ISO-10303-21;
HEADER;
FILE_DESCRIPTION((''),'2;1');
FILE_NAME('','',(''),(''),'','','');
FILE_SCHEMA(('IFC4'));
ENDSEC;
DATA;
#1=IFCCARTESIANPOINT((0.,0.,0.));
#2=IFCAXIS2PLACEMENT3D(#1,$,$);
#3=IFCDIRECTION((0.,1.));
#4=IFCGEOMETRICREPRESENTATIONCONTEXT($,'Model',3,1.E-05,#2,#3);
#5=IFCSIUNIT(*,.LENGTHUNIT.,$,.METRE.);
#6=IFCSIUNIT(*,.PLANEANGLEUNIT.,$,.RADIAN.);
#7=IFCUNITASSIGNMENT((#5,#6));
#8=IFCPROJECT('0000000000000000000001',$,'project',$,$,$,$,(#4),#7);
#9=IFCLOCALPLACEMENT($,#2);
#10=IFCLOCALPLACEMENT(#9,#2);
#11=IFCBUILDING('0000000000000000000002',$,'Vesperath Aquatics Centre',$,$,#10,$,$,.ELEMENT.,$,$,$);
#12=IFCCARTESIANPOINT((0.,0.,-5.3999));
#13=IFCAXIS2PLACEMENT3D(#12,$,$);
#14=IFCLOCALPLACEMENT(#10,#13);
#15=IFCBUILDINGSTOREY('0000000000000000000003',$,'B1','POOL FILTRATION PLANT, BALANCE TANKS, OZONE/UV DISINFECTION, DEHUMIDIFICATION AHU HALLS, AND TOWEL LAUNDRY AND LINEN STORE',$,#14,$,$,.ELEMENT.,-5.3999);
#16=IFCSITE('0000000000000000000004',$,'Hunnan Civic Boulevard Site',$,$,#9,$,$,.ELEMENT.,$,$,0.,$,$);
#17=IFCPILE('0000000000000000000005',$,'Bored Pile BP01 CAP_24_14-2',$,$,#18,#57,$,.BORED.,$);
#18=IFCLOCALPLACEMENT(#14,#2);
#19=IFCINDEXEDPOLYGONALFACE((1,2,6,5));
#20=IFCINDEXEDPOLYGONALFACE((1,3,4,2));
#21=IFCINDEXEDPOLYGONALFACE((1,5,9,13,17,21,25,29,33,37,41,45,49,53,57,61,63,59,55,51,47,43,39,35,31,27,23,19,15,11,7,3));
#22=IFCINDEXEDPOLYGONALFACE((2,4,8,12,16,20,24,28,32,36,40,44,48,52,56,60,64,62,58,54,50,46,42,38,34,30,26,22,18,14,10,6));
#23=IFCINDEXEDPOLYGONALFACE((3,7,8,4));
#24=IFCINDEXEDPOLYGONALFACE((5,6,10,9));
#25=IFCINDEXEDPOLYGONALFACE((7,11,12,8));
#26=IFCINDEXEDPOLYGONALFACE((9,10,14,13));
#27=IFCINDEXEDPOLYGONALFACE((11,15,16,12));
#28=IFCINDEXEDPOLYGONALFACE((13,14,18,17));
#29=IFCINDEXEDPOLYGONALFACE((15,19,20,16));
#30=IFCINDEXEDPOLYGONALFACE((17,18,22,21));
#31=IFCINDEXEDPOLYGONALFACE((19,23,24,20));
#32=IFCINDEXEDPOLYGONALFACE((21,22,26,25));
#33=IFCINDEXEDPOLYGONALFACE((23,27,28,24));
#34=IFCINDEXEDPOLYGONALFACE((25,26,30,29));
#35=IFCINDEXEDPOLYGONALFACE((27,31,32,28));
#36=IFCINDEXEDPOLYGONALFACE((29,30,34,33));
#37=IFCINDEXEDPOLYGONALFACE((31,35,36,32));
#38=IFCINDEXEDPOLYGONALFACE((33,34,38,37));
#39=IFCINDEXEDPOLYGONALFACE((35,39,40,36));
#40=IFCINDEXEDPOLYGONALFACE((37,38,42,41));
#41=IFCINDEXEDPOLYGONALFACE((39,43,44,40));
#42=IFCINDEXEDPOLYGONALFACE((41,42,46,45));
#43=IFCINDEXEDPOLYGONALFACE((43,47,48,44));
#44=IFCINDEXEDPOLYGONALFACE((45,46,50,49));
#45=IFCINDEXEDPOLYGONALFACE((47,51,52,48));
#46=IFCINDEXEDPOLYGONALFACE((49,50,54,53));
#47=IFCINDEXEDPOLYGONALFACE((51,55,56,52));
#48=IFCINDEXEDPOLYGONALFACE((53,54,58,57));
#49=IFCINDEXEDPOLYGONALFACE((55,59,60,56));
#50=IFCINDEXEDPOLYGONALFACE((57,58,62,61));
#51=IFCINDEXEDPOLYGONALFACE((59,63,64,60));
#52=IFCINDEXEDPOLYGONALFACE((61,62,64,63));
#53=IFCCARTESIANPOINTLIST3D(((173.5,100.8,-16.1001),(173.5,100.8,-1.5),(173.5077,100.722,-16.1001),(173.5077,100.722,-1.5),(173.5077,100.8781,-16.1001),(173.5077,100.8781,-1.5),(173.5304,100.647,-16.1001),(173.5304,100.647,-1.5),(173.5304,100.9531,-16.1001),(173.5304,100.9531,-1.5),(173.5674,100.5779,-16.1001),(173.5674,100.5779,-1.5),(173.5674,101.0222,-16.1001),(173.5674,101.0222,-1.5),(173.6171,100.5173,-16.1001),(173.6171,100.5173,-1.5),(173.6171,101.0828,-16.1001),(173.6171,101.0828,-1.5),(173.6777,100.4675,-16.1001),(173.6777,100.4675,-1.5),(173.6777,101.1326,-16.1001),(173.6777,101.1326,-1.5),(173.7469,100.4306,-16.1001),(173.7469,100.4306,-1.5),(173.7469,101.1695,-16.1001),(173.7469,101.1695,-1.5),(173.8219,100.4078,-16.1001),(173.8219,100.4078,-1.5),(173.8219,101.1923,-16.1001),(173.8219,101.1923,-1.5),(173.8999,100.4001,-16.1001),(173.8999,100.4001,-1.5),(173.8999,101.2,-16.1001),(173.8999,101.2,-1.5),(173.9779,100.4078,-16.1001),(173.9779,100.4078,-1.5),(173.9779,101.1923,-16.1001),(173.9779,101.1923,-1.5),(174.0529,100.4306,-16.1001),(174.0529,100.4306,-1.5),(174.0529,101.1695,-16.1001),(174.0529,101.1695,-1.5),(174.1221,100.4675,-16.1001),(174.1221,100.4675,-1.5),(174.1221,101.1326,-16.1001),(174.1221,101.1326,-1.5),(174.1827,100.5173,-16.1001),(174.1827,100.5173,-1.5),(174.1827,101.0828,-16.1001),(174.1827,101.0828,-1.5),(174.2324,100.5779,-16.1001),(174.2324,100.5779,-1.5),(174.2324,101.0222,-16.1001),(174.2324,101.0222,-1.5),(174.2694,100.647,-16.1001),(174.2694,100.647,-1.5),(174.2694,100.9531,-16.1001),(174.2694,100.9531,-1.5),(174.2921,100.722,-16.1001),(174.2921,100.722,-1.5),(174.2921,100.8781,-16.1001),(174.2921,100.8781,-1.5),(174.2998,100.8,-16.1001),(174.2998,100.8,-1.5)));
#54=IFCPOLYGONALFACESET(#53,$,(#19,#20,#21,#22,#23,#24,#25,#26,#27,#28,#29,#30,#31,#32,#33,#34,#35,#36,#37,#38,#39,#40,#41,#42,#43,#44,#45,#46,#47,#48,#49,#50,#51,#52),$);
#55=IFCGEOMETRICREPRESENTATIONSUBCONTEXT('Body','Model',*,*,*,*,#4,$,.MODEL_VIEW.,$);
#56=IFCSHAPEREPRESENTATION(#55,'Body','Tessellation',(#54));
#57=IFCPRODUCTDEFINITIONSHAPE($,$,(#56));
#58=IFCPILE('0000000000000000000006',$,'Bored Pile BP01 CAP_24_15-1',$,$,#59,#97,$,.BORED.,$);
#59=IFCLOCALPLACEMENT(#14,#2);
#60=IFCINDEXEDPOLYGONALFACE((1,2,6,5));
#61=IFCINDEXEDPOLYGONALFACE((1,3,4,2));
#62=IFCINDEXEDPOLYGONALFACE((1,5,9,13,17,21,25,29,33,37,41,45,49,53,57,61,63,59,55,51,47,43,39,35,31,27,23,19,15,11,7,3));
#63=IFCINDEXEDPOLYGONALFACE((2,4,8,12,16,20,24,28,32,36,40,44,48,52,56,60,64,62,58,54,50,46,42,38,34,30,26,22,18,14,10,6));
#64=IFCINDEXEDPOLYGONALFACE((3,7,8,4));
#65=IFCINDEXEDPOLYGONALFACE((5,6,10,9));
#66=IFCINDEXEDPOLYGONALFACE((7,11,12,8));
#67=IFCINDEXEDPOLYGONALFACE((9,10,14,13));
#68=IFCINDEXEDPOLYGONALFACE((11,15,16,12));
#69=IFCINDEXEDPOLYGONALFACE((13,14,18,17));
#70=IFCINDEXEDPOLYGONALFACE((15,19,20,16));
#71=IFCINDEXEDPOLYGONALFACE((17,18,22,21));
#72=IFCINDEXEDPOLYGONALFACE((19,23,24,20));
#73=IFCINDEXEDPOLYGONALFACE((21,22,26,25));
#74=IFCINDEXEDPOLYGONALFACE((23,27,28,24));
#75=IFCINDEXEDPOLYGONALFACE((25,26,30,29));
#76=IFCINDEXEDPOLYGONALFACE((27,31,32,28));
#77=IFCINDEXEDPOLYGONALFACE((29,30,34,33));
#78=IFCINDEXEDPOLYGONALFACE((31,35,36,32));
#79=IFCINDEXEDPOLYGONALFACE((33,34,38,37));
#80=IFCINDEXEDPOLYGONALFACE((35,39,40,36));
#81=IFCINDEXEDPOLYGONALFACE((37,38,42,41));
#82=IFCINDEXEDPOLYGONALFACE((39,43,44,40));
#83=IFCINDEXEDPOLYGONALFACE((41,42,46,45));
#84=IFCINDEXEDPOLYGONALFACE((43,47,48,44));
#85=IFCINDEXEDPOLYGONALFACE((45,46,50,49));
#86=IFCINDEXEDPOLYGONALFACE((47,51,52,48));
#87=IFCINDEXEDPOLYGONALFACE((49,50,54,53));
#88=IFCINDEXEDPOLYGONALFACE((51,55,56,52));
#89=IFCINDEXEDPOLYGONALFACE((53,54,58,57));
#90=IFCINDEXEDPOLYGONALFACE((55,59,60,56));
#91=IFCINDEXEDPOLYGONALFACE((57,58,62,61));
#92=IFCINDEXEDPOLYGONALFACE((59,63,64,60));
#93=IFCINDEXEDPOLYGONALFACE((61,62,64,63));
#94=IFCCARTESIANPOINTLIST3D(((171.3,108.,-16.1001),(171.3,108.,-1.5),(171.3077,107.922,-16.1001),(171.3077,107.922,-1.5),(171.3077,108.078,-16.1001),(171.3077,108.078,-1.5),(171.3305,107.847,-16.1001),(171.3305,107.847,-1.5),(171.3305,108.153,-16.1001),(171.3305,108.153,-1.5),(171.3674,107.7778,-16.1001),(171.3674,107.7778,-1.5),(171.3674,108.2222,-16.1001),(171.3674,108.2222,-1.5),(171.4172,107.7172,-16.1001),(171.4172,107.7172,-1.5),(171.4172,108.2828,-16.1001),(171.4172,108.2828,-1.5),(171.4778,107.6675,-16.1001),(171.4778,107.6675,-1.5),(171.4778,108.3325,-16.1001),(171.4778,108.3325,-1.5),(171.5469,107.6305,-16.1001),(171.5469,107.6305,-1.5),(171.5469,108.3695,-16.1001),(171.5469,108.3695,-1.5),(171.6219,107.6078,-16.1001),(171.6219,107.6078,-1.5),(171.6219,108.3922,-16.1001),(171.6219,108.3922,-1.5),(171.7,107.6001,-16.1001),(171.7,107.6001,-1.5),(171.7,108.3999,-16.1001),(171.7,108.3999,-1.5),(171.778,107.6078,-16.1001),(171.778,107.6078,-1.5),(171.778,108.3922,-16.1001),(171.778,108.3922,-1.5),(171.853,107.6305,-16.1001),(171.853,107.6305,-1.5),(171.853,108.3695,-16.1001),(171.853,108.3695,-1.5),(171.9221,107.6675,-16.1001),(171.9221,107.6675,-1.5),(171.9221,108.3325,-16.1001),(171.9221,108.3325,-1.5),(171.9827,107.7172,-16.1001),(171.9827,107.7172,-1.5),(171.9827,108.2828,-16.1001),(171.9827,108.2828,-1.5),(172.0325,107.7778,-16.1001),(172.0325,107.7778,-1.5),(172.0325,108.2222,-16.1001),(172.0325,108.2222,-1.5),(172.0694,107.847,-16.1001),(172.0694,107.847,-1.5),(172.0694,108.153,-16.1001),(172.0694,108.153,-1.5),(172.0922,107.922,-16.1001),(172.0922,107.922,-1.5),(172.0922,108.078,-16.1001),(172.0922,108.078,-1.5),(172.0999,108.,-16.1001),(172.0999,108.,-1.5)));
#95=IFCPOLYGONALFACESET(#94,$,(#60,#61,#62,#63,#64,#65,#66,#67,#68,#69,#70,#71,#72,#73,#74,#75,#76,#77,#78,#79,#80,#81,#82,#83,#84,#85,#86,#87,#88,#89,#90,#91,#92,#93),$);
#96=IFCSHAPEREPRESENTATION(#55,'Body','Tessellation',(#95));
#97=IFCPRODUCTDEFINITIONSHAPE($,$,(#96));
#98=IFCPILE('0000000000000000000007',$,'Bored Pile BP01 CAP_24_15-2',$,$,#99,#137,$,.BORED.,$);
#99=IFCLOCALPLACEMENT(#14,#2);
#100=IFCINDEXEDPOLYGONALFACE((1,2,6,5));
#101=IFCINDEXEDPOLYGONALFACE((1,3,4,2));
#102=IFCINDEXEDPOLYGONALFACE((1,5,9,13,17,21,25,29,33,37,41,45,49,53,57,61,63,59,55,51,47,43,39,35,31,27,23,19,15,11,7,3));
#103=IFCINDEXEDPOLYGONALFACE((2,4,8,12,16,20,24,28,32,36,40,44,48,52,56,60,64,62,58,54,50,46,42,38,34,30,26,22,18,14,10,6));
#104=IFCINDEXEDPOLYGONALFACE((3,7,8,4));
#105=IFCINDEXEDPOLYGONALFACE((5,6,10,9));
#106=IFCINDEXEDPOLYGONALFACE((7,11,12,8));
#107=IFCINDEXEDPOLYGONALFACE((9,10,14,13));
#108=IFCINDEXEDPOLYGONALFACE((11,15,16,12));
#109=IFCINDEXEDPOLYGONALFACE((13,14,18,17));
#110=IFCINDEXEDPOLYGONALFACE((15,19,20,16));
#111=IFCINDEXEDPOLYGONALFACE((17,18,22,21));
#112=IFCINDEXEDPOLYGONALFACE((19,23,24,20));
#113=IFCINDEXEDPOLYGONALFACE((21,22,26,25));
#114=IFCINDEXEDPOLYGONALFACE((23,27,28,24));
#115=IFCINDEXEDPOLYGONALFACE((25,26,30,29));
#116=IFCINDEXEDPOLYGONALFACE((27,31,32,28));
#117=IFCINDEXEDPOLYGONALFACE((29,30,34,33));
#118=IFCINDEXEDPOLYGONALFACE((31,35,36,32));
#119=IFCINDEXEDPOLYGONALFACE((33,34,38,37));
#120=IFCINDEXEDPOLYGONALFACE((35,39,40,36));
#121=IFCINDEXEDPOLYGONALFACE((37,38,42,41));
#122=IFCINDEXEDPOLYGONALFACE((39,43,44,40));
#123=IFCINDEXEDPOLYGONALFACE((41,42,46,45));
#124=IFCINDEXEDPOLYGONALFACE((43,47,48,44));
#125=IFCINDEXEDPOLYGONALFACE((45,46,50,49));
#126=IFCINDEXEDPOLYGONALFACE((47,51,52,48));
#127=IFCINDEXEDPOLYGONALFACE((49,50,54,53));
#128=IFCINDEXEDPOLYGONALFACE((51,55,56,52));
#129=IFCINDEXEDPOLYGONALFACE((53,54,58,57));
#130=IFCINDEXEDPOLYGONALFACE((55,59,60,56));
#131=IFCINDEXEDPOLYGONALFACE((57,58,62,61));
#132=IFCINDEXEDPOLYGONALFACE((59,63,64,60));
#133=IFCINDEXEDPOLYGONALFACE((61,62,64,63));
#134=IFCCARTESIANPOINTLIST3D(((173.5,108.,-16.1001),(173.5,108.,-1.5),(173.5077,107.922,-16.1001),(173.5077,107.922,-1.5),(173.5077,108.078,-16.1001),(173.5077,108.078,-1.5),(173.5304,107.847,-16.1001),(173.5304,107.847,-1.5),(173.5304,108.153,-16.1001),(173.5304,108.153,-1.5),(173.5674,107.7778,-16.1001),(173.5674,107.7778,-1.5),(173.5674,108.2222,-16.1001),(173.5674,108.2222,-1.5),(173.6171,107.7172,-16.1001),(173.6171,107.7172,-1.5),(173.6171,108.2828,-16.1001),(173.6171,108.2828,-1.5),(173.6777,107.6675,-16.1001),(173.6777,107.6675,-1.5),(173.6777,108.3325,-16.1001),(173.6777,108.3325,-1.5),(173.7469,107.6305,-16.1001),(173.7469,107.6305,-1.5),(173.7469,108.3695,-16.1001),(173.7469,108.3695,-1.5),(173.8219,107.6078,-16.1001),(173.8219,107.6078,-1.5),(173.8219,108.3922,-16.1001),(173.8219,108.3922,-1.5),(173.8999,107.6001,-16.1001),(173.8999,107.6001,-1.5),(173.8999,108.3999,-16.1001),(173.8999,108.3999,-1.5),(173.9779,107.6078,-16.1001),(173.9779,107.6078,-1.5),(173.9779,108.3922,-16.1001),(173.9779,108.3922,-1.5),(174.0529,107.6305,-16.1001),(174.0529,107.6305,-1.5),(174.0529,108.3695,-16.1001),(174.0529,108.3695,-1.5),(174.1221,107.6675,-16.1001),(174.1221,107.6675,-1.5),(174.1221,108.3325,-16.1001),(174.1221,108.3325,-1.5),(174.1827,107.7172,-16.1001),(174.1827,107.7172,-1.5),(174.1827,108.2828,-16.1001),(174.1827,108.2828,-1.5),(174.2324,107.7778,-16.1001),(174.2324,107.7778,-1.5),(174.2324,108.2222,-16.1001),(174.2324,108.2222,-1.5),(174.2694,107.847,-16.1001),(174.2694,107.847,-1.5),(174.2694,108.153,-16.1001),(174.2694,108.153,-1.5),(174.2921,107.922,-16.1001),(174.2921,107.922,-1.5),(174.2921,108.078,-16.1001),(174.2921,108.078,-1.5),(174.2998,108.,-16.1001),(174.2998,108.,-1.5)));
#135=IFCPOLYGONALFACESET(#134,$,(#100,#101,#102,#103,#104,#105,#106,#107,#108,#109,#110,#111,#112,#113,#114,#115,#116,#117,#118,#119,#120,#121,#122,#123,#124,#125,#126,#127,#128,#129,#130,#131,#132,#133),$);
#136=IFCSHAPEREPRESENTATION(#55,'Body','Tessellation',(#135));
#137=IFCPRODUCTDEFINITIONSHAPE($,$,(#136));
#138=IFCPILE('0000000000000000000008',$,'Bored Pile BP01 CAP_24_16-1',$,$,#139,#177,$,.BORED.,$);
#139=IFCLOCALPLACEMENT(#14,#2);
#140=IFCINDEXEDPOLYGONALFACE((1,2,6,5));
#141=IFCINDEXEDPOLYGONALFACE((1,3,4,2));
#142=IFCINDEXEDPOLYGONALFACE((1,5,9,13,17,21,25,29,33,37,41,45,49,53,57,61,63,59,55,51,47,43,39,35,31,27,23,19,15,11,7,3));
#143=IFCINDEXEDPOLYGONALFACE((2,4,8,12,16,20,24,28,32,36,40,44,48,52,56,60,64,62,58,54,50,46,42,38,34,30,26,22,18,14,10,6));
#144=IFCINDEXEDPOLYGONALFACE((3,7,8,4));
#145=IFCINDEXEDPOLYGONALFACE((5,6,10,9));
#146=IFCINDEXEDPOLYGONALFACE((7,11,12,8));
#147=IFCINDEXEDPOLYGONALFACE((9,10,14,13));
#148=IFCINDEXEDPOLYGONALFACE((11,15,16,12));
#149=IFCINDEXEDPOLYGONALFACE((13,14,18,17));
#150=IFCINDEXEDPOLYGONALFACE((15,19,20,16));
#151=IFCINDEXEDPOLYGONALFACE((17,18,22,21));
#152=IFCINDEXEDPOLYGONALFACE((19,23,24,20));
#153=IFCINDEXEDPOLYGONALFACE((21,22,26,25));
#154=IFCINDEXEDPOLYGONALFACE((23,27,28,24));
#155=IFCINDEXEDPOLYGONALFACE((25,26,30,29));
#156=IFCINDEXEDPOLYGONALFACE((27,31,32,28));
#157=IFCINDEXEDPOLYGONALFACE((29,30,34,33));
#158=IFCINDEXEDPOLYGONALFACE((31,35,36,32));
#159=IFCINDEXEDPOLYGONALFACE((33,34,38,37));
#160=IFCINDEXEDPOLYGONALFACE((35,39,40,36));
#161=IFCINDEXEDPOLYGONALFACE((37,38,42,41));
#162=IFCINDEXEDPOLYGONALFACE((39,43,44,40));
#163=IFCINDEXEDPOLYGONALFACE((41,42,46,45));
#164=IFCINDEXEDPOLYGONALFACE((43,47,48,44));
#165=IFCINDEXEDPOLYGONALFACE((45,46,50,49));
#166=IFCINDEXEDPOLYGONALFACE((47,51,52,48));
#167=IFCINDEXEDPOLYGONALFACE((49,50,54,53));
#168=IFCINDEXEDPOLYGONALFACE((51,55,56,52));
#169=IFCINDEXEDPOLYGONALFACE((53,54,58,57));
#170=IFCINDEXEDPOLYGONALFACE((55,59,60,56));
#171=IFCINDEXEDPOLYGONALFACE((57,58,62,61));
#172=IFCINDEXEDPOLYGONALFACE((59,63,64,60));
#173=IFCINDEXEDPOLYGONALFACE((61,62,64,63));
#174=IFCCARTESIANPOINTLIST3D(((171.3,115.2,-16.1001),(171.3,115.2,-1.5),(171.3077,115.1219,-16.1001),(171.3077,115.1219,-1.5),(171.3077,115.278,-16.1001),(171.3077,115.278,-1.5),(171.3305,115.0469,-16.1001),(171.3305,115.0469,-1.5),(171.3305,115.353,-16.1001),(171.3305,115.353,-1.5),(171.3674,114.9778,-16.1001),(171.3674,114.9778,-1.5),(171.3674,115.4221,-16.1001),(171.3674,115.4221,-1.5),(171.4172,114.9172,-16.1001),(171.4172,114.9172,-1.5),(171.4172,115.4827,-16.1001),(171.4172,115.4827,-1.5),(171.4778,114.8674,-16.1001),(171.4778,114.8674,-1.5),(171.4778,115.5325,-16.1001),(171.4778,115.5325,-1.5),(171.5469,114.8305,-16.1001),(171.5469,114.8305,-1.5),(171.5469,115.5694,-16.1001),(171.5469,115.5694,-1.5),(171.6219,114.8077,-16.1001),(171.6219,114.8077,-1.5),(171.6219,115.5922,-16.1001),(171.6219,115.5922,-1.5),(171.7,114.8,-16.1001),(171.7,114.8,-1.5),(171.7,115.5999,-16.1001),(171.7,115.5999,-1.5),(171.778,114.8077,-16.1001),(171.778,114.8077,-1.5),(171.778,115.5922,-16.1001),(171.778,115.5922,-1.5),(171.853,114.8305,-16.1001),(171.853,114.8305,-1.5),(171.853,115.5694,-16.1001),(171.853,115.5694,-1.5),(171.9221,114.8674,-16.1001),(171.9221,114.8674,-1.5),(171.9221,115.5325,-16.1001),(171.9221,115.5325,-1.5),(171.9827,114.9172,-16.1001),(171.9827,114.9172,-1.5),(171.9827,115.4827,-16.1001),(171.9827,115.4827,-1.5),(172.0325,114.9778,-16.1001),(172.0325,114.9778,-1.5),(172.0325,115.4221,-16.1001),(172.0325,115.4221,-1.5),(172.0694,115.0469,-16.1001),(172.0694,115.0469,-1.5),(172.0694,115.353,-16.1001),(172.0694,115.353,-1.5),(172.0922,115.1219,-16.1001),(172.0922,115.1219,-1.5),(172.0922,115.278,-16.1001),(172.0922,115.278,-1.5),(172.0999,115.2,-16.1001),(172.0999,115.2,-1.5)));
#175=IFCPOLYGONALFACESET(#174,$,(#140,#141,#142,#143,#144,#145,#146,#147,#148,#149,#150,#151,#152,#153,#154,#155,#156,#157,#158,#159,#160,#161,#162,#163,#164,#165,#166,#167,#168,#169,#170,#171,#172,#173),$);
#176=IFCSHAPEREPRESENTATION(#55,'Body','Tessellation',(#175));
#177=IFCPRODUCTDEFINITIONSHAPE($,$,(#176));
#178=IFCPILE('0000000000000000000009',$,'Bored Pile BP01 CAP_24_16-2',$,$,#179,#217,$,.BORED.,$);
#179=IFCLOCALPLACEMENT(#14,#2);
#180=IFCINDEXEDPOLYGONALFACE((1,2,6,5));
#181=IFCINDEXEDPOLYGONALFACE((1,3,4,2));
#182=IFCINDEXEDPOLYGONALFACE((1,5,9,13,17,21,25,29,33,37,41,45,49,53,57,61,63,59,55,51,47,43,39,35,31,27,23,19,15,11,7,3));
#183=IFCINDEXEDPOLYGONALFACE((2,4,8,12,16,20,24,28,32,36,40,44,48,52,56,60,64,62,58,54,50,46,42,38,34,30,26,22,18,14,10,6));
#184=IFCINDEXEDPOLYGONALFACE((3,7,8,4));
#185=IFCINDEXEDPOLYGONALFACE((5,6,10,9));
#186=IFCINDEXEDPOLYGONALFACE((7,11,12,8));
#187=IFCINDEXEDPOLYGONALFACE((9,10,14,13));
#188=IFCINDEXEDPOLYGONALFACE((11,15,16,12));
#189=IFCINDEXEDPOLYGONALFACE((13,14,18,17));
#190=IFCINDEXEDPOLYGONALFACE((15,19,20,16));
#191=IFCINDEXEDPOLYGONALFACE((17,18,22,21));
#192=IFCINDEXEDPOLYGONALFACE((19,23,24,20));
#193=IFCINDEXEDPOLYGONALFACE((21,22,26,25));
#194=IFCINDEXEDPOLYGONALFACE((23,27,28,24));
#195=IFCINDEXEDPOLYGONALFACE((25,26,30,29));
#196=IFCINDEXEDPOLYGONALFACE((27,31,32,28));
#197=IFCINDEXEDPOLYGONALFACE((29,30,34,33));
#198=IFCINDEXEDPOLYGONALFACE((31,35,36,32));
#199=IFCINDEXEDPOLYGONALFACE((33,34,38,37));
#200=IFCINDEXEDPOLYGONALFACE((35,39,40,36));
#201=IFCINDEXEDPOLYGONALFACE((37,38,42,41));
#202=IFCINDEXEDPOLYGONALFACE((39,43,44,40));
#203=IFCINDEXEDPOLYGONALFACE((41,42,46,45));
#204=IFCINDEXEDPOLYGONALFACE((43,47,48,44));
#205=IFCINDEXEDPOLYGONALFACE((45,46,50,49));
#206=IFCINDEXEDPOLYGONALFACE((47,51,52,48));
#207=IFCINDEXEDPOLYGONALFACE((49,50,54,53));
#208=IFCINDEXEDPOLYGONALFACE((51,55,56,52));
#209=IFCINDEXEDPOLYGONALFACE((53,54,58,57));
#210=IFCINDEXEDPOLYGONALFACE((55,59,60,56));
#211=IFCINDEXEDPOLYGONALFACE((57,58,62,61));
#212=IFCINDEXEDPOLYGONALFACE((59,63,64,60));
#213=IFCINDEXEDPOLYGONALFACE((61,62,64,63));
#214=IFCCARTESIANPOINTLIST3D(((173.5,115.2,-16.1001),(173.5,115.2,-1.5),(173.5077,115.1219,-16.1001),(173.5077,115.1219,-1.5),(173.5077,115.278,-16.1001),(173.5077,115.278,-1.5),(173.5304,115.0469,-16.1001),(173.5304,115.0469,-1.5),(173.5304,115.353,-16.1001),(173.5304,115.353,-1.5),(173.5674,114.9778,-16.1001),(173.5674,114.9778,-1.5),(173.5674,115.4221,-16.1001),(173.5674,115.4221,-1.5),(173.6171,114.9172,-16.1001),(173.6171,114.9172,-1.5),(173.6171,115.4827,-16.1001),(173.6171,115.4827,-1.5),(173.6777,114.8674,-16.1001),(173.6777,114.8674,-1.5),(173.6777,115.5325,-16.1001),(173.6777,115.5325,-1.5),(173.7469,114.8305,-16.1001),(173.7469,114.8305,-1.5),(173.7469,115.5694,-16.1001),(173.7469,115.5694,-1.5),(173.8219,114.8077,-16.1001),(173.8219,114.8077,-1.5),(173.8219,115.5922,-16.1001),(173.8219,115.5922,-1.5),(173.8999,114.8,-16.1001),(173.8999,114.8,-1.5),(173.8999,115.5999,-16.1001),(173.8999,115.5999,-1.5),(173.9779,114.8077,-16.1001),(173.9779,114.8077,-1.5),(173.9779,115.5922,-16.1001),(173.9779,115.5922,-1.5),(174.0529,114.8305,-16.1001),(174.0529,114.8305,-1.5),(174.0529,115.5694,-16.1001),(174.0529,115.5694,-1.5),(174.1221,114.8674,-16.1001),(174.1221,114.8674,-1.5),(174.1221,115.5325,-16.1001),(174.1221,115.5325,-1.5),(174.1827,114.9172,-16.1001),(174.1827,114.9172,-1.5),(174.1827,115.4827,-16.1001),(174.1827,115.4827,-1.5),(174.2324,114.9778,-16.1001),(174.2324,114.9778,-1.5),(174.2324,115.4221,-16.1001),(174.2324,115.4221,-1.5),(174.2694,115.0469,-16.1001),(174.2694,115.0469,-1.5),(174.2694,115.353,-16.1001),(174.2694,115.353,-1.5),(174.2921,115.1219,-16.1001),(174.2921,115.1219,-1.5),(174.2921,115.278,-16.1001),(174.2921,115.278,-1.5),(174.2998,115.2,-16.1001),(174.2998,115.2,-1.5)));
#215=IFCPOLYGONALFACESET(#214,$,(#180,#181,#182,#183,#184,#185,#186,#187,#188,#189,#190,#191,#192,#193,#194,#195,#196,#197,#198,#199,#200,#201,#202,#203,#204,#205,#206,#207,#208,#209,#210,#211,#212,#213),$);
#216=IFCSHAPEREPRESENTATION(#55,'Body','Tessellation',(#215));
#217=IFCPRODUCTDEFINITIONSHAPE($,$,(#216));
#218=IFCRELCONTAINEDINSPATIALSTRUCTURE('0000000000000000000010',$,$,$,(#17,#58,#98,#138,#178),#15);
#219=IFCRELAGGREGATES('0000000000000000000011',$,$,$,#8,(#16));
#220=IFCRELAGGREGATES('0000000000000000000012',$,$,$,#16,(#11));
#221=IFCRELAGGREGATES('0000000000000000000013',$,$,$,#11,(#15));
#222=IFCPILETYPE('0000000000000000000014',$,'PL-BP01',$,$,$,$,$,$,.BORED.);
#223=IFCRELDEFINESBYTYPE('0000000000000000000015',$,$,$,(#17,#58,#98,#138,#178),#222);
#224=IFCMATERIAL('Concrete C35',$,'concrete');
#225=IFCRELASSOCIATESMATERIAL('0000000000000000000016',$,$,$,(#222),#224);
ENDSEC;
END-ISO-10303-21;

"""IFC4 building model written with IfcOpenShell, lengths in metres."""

from ifc_helpers import new_model, si_unit, direction, frame, origin, origin_2d, place, context, subcontext, project, spatial, circle, extrude, material, material_profile, profile_set, type_object, element, save


model = new_model("IFC4")

# Units and contexts
model_context = context("Model", 3, precision=1e-05, world=origin(), true_north=direction((0.0, 1.0)))
body_context = subcontext(model_context, "Body", "Model", "MODEL_VIEW")
ifc_project = project(units=[si_unit("LENGTHUNIT", "METRE"), si_unit("PLANEANGLEUNIT", "RADIAN")], contexts=[model_context])

# Site, building, storey
site_placement = place(None, origin())
site = spatial("IfcSite", under=ifc_project, at=site_placement, Name="Hunnan Civic Boulevard Site", CompositionType="ELEMENT", RefElevation=0.0)
building_placement = place(site_placement, origin())
building = spatial("IfcBuilding", under=site, at=building_placement, Name="Vesperath Aquatics Centre", CompositionType="ELEMENT")
storey_placement = place(building_placement, frame((0.0, 0.0, -5.3999)))
storey = spatial("IfcBuildingStorey", under=building, at=storey_placement, Name="B1", Description="POOL FILTRATION PLANT, BALANCE TANKS, OZONE/UV DISINFECTION, DEHUMIDIFICATION AHU HALLS, AND TOWEL LAUNDRY AND LINEN STORE", CompositionType="ELEMENT", Elevation=-5.3999)

# Piles
ifc_material_1 = material(Name="Concrete C35", Category="concrete")
ifc_material_profile_1 = material_profile(ifc_material_1, circle(Radius=0.3999, at=origin_2d()), Name="PILE D800")
ifc_profile_set_1 = profile_set([ifc_material_profile_1], Name="Concrete C35")
pile_type = type_object("IfcPileType", Name="PL-BP01", PredefinedType="BORED", material=ifc_profile_set_1)
for number, where, z_axis, x_axis, name in (
    (1, (173.8999, 100.8, -1.5), (0.0, 0.0, -1.0), (1.0, 0.0, 0.0), "Bored Pile BP01 CAP_24_14-2"),
    (2, (171.7, 108.0, -1.5), (0.0, 0.0, -1.0), (1.0, 0.0, 0.0), "Bored Pile BP01 CAP_24_15-1"),
    (3, (173.8999, 108.0, -1.5), (0.0, 0.0, -1.0), (1.0, 0.0, 0.0), "Bored Pile BP01 CAP_24_15-2"),
    (4, (171.7, 115.2, -1.5), (0.0, 0.0, -1.0), (1.0, 0.0, 0.0), "Bored Pile BP01 CAP_24_16-1"),
    (5, (173.8999, 115.2, -1.5), (0.0, 0.0, -1.0), (1.0, 0.0, 0.0), "Bored Pile BP01 CAP_24_16-2"),
):
    element("IfcPile", number, at=place(storey_placement, frame(where, z_axis=z_axis, x_axis=x_axis)), inside=storey, type_object=pile_type, Name=name, PredefinedType="BORED", context=body_context, shape_type="SweptSolid", body=[
        extrude(circle(Radius=0.3999, at=origin_2d()), origin(), (0.0, 0.0, 1.0), 14.6001),
    ])

save(model, "model.ifc")
